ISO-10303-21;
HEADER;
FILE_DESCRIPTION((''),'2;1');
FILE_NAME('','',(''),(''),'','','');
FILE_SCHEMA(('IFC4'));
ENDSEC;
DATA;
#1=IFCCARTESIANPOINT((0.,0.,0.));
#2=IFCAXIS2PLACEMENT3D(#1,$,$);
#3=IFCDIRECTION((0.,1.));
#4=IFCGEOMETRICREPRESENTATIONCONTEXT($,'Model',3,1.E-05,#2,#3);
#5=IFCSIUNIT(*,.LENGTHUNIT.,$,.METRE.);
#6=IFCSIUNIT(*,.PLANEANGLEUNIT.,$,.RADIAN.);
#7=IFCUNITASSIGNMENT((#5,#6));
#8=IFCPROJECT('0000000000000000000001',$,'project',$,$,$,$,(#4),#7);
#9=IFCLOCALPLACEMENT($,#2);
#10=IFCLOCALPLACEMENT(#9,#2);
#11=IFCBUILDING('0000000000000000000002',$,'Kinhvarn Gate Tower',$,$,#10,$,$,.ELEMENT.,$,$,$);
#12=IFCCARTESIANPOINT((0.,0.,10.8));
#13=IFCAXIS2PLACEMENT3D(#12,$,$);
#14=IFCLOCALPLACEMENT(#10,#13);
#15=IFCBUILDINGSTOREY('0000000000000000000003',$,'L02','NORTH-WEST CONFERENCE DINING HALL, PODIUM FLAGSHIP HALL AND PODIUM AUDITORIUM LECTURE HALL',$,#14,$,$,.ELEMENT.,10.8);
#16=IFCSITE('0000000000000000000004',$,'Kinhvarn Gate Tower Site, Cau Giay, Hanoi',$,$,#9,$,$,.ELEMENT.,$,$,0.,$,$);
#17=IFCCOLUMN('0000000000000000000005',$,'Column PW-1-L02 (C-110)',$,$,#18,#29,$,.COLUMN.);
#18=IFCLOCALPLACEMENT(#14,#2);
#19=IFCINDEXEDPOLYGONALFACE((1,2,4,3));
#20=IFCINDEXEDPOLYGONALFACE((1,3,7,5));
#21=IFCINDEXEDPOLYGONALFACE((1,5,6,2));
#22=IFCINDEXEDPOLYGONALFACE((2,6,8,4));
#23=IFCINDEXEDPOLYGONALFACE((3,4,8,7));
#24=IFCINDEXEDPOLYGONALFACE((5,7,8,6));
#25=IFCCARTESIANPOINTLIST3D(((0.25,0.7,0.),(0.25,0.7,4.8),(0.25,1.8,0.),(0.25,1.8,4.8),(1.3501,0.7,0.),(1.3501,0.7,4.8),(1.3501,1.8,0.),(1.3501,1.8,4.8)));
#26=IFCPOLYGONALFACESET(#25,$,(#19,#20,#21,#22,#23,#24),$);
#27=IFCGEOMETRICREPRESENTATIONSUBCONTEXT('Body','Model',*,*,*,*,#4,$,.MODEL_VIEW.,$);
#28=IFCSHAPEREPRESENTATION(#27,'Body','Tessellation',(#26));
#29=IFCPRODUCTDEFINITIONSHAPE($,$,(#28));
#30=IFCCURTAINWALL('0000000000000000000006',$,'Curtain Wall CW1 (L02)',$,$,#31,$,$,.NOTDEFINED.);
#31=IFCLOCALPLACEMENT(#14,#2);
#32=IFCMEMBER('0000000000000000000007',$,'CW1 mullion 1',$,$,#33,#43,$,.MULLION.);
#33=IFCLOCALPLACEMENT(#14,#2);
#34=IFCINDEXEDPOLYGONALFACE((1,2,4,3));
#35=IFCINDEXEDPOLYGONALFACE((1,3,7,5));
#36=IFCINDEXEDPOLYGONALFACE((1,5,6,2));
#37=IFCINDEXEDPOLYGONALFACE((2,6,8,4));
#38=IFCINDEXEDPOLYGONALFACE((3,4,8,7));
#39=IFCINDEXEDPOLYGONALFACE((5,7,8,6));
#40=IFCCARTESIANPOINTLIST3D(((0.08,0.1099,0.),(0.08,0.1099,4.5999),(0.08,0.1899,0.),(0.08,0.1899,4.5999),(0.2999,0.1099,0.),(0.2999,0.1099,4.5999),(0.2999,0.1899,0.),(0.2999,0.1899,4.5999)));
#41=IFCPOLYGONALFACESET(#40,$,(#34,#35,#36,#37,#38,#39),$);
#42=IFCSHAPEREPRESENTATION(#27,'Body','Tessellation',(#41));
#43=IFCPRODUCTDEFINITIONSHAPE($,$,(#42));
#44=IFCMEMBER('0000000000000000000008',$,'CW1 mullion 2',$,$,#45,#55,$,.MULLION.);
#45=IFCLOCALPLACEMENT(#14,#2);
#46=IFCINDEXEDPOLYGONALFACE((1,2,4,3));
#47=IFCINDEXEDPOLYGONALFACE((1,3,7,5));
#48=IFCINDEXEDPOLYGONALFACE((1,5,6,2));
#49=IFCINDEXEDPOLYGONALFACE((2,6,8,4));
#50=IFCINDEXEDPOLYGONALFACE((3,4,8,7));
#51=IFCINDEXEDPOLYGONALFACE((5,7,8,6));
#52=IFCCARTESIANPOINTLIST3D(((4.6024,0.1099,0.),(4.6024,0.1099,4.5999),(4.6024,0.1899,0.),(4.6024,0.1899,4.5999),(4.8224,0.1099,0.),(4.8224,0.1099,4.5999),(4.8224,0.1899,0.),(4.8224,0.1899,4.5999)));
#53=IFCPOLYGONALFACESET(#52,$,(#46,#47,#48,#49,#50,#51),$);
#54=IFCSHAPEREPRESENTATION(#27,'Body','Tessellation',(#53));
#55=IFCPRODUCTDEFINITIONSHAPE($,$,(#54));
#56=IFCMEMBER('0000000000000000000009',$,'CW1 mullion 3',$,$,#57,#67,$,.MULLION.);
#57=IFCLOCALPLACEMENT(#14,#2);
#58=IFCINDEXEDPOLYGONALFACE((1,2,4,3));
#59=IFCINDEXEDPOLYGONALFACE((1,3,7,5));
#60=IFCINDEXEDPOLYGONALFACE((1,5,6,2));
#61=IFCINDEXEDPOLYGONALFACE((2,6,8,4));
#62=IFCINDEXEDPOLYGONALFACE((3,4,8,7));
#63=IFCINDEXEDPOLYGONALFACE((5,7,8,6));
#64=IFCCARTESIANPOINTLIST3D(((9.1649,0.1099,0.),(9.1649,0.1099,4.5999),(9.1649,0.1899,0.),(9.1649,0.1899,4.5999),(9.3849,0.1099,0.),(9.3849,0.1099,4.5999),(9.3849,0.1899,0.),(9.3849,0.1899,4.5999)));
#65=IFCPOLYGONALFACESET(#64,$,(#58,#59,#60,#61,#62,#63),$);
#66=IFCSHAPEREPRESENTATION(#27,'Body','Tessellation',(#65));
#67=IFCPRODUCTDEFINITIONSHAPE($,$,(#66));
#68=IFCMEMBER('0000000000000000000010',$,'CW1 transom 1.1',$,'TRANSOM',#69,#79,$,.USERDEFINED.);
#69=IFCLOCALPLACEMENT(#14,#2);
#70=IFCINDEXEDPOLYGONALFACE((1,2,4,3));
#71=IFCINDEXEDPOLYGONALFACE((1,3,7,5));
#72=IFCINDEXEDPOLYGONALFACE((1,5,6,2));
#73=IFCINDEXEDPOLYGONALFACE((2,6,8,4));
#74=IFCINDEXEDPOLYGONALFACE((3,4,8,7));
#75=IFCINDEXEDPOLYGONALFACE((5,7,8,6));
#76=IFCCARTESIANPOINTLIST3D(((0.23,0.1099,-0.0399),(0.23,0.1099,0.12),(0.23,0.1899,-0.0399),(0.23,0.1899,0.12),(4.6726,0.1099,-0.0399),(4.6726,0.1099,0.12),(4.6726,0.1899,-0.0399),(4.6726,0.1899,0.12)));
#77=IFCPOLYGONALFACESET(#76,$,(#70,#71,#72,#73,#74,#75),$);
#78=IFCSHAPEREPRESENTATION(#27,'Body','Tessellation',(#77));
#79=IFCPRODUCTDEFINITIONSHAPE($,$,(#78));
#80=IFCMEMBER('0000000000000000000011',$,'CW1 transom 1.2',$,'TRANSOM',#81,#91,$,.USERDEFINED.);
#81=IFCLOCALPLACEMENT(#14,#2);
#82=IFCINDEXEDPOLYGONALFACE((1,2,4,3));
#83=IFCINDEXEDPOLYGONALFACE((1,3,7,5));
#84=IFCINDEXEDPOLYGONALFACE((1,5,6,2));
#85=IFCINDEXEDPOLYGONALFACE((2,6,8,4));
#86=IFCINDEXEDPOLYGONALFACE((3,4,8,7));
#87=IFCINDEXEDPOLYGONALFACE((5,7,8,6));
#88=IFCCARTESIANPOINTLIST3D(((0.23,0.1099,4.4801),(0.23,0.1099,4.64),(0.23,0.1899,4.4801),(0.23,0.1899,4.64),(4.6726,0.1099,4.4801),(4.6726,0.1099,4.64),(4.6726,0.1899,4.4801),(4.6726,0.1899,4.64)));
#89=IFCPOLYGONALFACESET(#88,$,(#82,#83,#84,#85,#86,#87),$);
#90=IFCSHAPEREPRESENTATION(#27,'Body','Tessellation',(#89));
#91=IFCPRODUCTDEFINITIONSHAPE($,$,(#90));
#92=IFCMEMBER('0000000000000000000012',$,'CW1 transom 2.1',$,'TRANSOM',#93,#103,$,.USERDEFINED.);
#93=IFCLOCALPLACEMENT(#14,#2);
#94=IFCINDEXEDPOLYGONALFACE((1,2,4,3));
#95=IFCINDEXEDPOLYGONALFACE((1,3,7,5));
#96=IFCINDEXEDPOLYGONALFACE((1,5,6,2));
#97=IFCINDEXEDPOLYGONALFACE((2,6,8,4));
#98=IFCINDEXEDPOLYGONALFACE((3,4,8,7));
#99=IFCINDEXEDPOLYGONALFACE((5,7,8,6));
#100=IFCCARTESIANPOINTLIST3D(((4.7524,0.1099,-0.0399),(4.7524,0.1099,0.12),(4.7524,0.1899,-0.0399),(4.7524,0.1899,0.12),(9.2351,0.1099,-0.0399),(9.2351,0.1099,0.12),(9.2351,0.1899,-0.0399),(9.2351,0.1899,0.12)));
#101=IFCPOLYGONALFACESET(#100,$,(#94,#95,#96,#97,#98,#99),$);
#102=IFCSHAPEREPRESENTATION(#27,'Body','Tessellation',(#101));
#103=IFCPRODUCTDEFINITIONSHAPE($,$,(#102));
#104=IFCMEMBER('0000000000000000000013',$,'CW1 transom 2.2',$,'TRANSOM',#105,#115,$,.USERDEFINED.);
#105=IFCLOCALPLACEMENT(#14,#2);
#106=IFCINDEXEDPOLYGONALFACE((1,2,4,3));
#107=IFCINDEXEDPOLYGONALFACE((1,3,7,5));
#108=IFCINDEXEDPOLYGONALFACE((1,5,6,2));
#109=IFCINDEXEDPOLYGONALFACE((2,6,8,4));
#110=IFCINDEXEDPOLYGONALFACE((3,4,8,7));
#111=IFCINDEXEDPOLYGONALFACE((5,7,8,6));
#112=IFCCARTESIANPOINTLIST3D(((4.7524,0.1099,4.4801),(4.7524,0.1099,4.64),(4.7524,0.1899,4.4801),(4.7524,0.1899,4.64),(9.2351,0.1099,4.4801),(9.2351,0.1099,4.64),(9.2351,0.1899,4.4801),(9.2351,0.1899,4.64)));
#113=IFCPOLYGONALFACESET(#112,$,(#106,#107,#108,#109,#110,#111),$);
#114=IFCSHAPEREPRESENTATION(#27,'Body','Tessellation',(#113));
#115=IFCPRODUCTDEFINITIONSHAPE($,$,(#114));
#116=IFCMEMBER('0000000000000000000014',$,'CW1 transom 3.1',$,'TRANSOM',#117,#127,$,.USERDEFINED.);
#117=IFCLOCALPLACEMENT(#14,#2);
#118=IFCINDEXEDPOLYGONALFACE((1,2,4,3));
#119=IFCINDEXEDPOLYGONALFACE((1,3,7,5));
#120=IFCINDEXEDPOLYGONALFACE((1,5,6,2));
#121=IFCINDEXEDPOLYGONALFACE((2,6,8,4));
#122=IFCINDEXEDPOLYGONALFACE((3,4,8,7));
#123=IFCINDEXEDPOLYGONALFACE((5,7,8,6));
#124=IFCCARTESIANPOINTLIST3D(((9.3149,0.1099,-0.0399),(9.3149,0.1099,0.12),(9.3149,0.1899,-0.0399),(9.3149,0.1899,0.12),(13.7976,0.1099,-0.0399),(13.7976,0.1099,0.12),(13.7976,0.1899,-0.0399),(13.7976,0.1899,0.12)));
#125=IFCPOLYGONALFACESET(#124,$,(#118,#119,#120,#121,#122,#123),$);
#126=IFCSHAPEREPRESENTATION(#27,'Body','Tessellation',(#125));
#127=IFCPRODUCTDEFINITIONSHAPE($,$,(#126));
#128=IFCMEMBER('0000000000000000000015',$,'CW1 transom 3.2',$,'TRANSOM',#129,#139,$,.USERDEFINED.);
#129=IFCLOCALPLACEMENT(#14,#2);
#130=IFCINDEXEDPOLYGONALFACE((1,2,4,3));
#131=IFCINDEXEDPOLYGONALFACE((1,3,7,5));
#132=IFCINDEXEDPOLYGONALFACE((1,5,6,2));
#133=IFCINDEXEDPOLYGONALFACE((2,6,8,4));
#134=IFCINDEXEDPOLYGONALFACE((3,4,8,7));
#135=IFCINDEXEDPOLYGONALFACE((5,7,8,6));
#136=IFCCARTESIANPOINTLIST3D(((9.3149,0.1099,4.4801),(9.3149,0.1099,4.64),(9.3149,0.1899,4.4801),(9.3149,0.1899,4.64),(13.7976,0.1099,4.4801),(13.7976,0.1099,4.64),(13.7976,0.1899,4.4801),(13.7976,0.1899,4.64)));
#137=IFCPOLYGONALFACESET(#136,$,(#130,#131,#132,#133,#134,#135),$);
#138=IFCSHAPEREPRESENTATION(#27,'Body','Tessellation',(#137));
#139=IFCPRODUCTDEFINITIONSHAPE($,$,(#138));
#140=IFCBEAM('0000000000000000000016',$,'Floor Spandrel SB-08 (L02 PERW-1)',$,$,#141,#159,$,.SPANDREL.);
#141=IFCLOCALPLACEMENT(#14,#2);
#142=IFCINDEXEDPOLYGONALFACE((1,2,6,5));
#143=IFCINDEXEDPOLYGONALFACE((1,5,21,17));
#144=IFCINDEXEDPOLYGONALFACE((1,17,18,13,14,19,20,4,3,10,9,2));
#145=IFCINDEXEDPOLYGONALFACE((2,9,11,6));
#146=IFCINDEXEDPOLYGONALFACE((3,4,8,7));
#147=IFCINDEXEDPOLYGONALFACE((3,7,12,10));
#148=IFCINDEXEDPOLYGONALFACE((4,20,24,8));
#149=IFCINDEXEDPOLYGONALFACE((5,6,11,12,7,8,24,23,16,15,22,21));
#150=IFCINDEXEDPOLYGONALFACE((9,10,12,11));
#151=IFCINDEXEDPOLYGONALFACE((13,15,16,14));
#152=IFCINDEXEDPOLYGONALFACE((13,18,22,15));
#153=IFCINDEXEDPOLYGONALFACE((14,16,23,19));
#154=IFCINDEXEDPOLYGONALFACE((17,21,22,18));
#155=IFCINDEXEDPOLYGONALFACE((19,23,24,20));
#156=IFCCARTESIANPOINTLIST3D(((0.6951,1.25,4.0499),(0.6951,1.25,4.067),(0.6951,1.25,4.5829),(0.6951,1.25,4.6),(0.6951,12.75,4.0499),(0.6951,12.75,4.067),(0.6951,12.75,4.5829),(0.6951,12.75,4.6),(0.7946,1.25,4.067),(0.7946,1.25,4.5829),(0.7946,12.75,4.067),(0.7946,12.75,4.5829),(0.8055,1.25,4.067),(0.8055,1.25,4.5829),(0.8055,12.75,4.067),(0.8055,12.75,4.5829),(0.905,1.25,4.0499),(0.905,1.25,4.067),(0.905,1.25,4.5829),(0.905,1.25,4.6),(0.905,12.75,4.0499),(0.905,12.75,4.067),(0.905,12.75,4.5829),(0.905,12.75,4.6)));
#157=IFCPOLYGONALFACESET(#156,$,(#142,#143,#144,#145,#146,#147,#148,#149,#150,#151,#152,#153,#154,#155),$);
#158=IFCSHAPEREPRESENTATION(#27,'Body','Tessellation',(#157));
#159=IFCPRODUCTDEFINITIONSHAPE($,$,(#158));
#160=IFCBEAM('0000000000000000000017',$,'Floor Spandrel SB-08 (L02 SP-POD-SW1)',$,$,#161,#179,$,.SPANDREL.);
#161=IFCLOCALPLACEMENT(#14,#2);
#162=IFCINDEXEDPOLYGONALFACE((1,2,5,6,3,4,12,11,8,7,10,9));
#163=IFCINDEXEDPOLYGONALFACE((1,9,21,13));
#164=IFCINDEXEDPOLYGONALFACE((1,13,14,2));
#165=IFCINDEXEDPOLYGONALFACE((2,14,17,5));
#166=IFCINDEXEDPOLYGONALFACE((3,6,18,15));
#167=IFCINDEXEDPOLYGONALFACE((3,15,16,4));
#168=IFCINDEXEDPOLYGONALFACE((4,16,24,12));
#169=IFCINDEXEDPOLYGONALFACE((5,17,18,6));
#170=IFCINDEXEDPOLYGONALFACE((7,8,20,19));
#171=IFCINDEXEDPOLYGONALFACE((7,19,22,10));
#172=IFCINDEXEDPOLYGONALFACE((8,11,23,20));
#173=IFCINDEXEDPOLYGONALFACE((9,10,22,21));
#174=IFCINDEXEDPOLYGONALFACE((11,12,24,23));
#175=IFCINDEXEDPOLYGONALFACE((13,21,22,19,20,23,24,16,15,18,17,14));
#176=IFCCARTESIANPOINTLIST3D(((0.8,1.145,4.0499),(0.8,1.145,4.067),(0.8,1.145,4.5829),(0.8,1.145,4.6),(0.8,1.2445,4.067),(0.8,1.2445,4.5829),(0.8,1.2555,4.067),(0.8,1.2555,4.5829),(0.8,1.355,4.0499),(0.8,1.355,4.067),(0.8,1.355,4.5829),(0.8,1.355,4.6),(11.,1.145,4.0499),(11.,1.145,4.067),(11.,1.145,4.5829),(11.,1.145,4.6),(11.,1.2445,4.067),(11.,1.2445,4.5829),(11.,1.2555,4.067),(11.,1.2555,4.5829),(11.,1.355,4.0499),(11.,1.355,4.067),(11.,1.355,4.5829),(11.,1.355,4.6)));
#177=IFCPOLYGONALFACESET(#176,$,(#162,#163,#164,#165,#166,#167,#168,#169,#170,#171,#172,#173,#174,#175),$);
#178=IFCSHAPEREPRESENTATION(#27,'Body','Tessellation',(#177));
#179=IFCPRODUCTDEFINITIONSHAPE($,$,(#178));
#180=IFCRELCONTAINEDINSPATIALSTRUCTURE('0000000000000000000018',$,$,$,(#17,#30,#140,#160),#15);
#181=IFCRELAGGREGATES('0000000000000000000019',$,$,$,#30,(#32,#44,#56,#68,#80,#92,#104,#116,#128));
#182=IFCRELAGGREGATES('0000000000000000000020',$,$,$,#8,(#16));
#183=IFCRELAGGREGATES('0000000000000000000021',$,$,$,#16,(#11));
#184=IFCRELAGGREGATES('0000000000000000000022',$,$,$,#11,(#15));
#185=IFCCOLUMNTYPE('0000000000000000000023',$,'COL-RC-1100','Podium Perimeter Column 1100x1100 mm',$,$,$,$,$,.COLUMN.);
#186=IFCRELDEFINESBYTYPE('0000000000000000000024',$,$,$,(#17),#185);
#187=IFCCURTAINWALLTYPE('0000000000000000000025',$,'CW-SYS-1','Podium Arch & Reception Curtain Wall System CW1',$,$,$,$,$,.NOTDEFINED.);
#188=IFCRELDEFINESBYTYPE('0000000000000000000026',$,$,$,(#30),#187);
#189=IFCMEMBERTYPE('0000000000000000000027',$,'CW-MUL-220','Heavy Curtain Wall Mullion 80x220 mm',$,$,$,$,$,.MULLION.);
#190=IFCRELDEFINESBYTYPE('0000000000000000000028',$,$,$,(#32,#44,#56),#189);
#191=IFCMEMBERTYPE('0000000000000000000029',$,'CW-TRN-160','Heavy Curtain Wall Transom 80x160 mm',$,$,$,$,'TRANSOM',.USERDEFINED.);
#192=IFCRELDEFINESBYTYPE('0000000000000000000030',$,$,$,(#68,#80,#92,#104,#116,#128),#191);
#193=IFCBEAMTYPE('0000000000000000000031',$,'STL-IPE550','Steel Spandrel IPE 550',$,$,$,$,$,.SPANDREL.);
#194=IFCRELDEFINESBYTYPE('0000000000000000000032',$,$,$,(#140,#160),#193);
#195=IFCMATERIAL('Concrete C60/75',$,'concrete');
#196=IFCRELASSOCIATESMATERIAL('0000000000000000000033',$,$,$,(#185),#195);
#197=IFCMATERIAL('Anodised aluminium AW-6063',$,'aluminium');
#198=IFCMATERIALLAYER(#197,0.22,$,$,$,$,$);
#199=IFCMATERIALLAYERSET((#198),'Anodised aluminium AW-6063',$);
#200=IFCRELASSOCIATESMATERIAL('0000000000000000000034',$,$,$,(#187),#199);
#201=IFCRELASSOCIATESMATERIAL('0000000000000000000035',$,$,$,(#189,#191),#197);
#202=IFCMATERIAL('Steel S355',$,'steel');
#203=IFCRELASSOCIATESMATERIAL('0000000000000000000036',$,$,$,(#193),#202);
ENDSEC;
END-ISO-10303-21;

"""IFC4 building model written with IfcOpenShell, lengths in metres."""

from ifc_helpers import new_model, si_unit, direction, frame, origin, origin_2d, place, context, subcontext, project, spatial, rectangle, i_section, extrude, material, layer, layer_set, material_profile, profile_set, type_object, element, aggregate, save


model = new_model("IFC4")

# Units and contexts
model_context = context("Model", 3, precision=1e-05, world=origin(), true_north=direction((0.0, 1.0)))
body_context = subcontext(model_context, "Body", "Model", "MODEL_VIEW")
ifc_project = project(units=[si_unit("LENGTHUNIT", "METRE"), si_unit("PLANEANGLEUNIT", "RADIAN")], contexts=[model_context])

# Site, building, storey
site_placement = place(None, origin())
site = spatial("IfcSite", under=ifc_project, at=site_placement, Name="Kinhvarn Gate Tower Site, Cau Giay, Hanoi", CompositionType="ELEMENT", RefElevation=0.0)
building_placement = place(site_placement, origin())
building = spatial("IfcBuilding", under=site, at=building_placement, Name="Kinhvarn Gate Tower", CompositionType="ELEMENT")
storey_placement = place(building_placement, frame((0.0, 0.0, 10.8)))
storey = spatial("IfcBuildingStorey", under=building, at=storey_placement, Name="L02", Description="NORTH-WEST CONFERENCE DINING HALL, PODIUM FLAGSHIP HALL AND PODIUM AUDITORIUM LECTURE HALL", CompositionType="ELEMENT", Elevation=10.8)

# Column
ifc_material_1 = material(Name="Concrete C60/75", Category="concrete")
ifc_material_profile_1 = material_profile(ifc_material_1, rectangle(XDim=1.1001, YDim=1.1001, at=origin_2d()), Name="RC 1100x1100")
ifc_profile_set_1 = profile_set([ifc_material_profile_1], Name="Concrete C60/75")
column_type = type_object("IfcColumnType", Name="COL-RC-1100", Description="Podium Perimeter Column 1100x1100 mm", PredefinedType="COLUMN", material=ifc_profile_set_1)
column_placement = place(storey_placement, frame((0.8, 1.25, 0.0), z_axis=(0.0, 0.0, 1.0), x_axis=(1.0, 0.0, 0.0)))
element("IfcColumn", 1, at=column_placement, inside=storey, type_object=column_type, Name="Column PW-1-L02 (C-110)", PredefinedType="COLUMN", context=body_context, shape_type="SweptSolid", body=[
    extrude(rectangle(XDim=1.1001, YDim=1.1001, at=origin_2d()), origin(), (0.0, 0.0, 1.0), 4.8),
])

# Curtain wall, members
ifc_material_2 = material(Name="Anodised aluminium AW-6063", Category="aluminium")
ifc_layer_1 = layer(ifc_material_2, 0.22)
ifc_layer_set_1 = layer_set([ifc_layer_1], Name="Anodised aluminium AW-6063")
curtain_wall_type = type_object("IfcCurtainWallType", Name="CW-SYS-1", Description="Podium Arch & Reception Curtain Wall System CW1", PredefinedType="NOTDEFINED", material=ifc_layer_set_1)
curtain_wall_placement = place(storey_placement, origin())
curtain_wall = element("IfcCurtainWall", 2, at=curtain_wall_placement, inside=storey, type_object=curtain_wall_type, Name="Curtain Wall CW1 (L02)", PredefinedType="NOTDEFINED")
ifc_material_profile_2 = material_profile(ifc_material_2, rectangle(XDim=0.0801, YDim=0.22, at=origin_2d()), Name="ALU 80x220")
ifc_profile_set_2 = profile_set([ifc_material_profile_2], Name="Anodised aluminium AW-6063")
member_type_1 = type_object("IfcMemberType", Name="CW-MUL-220", Description="Heavy Curtain Wall Mullion 80x220 mm", PredefinedType="MULLION", material=ifc_profile_set_2)
member_1_placement = place(storey_placement, frame((0.1899, 0.1499, 0.0), z_axis=(0.0, 0.0, 1.0), x_axis=(0.0, 1.0, 0.0)))
member_1 = element("IfcMember", 3, at=member_1_placement, type_object=member_type_1, Name="CW1 mullion 1", PredefinedType="MULLION", context=body_context, shape_type="SweptSolid", body=[
    extrude(rectangle(XDim=0.0801, YDim=0.22, at=origin_2d()), origin(), (0.0, 0.0, 1.0), 4.5999),
])
member_2_placement = place(storey_placement, frame((4.7124, 0.1499, 0.0), z_axis=(0.0, 0.0, 1.0), x_axis=(0.0, 1.0, 0.0)))
member_2 = element("IfcMember", 4, at=member_2_placement, type_object=member_type_1, Name="CW1 mullion 2", PredefinedType="MULLION", context=body_context, shape_type="SweptSolid", body=[
    extrude(rectangle(XDim=0.0801, YDim=0.22, at=origin_2d()), origin(), (0.0, 0.0, 1.0), 4.5999),
])
member_3_placement = place(storey_placement, frame((9.2749, 0.1499, 0.0), z_axis=(0.0, 0.0, 1.0), x_axis=(0.0, 1.0, 0.0)))
member_3 = element("IfcMember", 5, at=member_3_placement, type_object=member_type_1, Name="CW1 mullion 3", PredefinedType="MULLION", context=body_context, shape_type="SweptSolid", body=[
    extrude(rectangle(XDim=0.0801, YDim=0.22, at=origin_2d()), origin(), (0.0, 0.0, 1.0), 4.5999),
])
ifc_material_profile_3 = material_profile(ifc_material_2, rectangle(XDim=0.0801, YDim=0.1599, at=origin_2d()), Name="ALU 80x160")
ifc_profile_set_3 = profile_set([ifc_material_profile_3], Name="Anodised aluminium AW-6063")
member_type_2 = type_object("IfcMemberType", Name="CW-TRN-160", Description="Heavy Curtain Wall Transom 80x160 mm", ElementType="TRANSOM", PredefinedType="USERDEFINED", material=ifc_profile_set_3)
member_4_placement = place(storey_placement, frame((0.23, 0.1499, 0.04), z_axis=(1.0, 0.0, 0.0), x_axis=(0.0, 1.0, 0.0)))
member_4 = element("IfcMember", 6, at=member_4_placement, type_object=member_type_2, Name="CW1 transom 1.1", ObjectType="TRANSOM", PredefinedType="USERDEFINED", context=body_context, shape_type="SweptSolid", body=[
    extrude(rectangle(XDim=0.0801, YDim=0.1599, at=origin_2d()), origin(), (0.0, 0.0, 1.0), 4.4426),
])
member_5_placement = place(storey_placement, frame((0.23, 0.1499, 4.5601), z_axis=(1.0, 0.0, 0.0), x_axis=(0.0, 1.0, 0.0)))
member_5 = element("IfcMember", 7, at=member_5_placement, type_object=member_type_2, Name="CW1 transom 1.2", ObjectType="TRANSOM", PredefinedType="USERDEFINED", context=body_context, shape_type="SweptSolid", body=[
    extrude(rectangle(XDim=0.0801, YDim=0.1599, at=origin_2d()), origin(), (0.0, 0.0, 1.0), 4.4426),
])
member_6_placement = place(storey_placement, frame((4.7524, 0.1499, 0.04), z_axis=(1.0, 0.0, 0.0), x_axis=(0.0, 1.0, 0.0)))
member_6 = element("IfcMember", 8, at=member_6_placement, type_object=member_type_2, Name="CW1 transom 2.1", ObjectType="TRANSOM", PredefinedType="USERDEFINED", context=body_context, shape_type="SweptSolid", body=[
    extrude(rectangle(XDim=0.0801, YDim=0.1599, at=origin_2d()), origin(), (0.0, 0.0, 1.0), 4.4827),
])
member_7_placement = place(storey_placement, frame((4.7524, 0.1499, 4.5601), z_axis=(1.0, 0.0, 0.0), x_axis=(0.0, 1.0, 0.0)))
member_7 = element("IfcMember", 9, at=member_7_placement, type_object=member_type_2, Name="CW1 transom 2.2", ObjectType="TRANSOM", PredefinedType="USERDEFINED", context=body_context, shape_type="SweptSolid", body=[
    extrude(rectangle(XDim=0.0801, YDim=0.1599, at=origin_2d()), origin(), (0.0, 0.0, 1.0), 4.4827),
])
member_8_placement = place(storey_placement, frame((9.3149, 0.1499, 0.04), z_axis=(1.0, 0.0, 0.0), x_axis=(0.0, 1.0, 0.0)))
member_8 = element("IfcMember", 10, at=member_8_placement, type_object=member_type_2, Name="CW1 transom 3.1", ObjectType="TRANSOM", PredefinedType="USERDEFINED", context=body_context, shape_type="SweptSolid", body=[
    extrude(rectangle(XDim=0.0801, YDim=0.1599, at=origin_2d()), origin(), (0.0, 0.0, 1.0), 4.4827),
])
member_9_placement = place(storey_placement, frame((9.3149, 0.1499, 4.5601), z_axis=(1.0, 0.0, 0.0), x_axis=(0.0, 1.0, 0.0)))
member_9 = element("IfcMember", 11, at=member_9_placement, type_object=member_type_2, Name="CW1 transom 3.2", ObjectType="TRANSOM", PredefinedType="USERDEFINED", context=body_context, shape_type="SweptSolid", body=[
    extrude(rectangle(XDim=0.0801, YDim=0.1599, at=origin_2d()), origin(), (0.0, 0.0, 1.0), 4.4827),
])

# Beams
ifc_material_3 = material(Name="Steel S355", Category="steel")
ifc_material_profile_4 = material_profile(ifc_material_3, i_section(OverallWidth=0.21, OverallDepth=0.55, WebThickness=0.011, FlangeThickness=0.0171, at=origin_2d()), Name="IPE 550")
ifc_profile_set_4 = profile_set([ifc_material_profile_4], Name="Steel S355")
beam_type = type_object("IfcBeamType", Name="STL-IPE550", Description="Steel Spandrel IPE 550", PredefinedType="SPANDREL", material=ifc_profile_set_4)
beam_1_placement = place(storey_placement, frame((0.8, 1.25, 4.325), z_axis=(0.0, 1.0, 0.0), x_axis=(-1.0, 0.0, 0.0)))
element("IfcBeam", 12, at=beam_1_placement, inside=storey, type_object=beam_type, Name="Floor Spandrel SB-08 (L02 PERW-1)", PredefinedType="SPANDREL", context=body_context, shape_type="SweptSolid", body=[
    extrude(i_section(OverallWidth=0.21, OverallDepth=0.55, WebThickness=0.011, FlangeThickness=0.0171, at=origin_2d()), origin(), (0.0, 0.0, 1.0), 11.5),
])
beam_2_placement = place(storey_placement, frame((0.8, 1.25, 4.325), z_axis=(1.0, 0.0, 0.0), x_axis=(0.0, 1.0, 0.0)))
element("IfcBeam", 13, at=beam_2_placement, inside=storey, type_object=beam_type, Name="Floor Spandrel SB-08 (L02 SP-POD-SW1)", PredefinedType="SPANDREL", context=body_context, shape_type="SweptSolid", body=[
    extrude(i_section(OverallWidth=0.21, OverallDepth=0.55, WebThickness=0.011, FlangeThickness=0.0171, at=origin_2d()), origin(), (0.0, 0.0, 1.0), 10.2),
])

aggregate(curtain_wall, [member_1, member_2, member_3, member_4, member_5, member_6, member_7, member_8, member_9])

save(model, "model.ifc")
